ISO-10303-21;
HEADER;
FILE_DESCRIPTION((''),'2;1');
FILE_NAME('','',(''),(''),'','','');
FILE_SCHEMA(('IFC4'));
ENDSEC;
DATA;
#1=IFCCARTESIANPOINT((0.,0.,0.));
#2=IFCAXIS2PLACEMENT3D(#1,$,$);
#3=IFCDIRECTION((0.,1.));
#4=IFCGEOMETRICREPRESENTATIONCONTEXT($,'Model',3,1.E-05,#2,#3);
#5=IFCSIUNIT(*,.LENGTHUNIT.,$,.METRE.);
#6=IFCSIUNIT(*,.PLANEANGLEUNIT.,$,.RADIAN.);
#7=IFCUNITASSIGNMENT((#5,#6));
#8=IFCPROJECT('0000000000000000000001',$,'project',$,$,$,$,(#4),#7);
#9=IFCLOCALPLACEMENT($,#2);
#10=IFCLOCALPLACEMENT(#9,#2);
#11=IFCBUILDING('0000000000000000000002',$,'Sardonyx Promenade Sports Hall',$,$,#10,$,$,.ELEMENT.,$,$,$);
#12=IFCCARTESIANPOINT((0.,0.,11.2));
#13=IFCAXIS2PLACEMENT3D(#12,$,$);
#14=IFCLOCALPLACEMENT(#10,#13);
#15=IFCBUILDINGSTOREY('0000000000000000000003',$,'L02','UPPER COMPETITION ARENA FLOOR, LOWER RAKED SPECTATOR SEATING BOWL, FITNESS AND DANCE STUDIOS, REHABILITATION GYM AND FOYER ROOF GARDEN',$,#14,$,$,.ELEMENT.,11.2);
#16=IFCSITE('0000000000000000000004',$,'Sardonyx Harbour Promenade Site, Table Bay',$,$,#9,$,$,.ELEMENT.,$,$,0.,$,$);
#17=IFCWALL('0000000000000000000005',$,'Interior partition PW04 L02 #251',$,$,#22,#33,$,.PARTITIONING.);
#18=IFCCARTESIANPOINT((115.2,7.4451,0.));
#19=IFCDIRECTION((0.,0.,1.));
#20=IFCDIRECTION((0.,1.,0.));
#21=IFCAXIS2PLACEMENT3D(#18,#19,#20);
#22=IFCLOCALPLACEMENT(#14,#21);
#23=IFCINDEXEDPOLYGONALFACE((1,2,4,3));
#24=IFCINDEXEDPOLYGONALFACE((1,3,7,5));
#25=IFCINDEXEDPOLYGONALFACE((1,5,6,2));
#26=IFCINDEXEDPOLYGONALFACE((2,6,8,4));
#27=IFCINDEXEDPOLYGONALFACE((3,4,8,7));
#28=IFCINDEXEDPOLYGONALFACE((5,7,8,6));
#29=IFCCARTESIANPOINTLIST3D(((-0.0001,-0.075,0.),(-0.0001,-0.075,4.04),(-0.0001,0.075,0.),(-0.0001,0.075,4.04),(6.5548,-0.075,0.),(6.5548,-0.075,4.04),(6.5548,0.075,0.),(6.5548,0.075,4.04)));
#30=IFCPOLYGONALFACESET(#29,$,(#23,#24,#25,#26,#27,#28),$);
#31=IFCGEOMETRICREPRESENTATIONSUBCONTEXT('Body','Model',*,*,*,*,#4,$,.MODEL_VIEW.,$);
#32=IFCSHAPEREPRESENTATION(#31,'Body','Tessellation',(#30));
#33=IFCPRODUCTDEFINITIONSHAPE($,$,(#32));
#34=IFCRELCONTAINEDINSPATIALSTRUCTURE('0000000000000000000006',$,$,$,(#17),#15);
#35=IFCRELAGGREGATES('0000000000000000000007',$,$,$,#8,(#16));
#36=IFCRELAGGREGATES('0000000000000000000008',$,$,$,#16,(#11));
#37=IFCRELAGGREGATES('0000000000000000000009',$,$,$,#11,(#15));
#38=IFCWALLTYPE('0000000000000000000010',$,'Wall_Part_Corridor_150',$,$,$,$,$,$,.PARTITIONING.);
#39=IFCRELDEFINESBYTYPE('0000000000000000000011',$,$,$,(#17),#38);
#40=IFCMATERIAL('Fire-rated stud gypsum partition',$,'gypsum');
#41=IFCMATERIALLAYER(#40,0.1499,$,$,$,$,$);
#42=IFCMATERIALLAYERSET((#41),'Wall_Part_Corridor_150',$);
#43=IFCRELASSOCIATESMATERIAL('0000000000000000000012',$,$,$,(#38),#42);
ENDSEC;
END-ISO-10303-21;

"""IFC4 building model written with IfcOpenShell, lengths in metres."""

from ifc_helpers import new_model, si_unit, direction, frame, frame_2d, origin, place, context, subcontext, project, spatial, rectangle, extrude, material, layer, layer_set, type_object, element, save


model = new_model("IFC4")

# Units and contexts
model_context = context("Model", 3, precision=1e-05, world=origin(), true_north=direction((0.0, 1.0)))
body_context = subcontext(model_context, "Body", "Model", "MODEL_VIEW")
ifc_project = project(units=[si_unit("LENGTHUNIT", "METRE"), si_unit("PLANEANGLEUNIT", "RADIAN")], contexts=[model_context])

# Site, building, storey
site_placement = place(None, origin())
site = spatial("IfcSite", under=ifc_project, at=site_placement, Name="Sardonyx Harbour Promenade Site, Table Bay", CompositionType="ELEMENT", RefElevation=0.0)
building_placement = place(site_placement, origin())
building = spatial("IfcBuilding", under=site, at=building_placement, Name="Sardonyx Promenade Sports Hall", CompositionType="ELEMENT")
storey_placement = place(building_placement, frame((0.0, 0.0, 11.2)))
storey = spatial("IfcBuildingStorey", under=building, at=storey_placement, Name="L02", Description="UPPER COMPETITION ARENA FLOOR, LOWER RAKED SPECTATOR SEATING BOWL, FITNESS AND DANCE STUDIOS, REHABILITATION GYM AND FOYER ROOF GARDEN", CompositionType="ELEMENT", Elevation=11.2)

# Wall
ifc_material_1 = material(Name="Fire-rated stud gypsum partition", Category="gypsum")
ifc_layer_1 = layer(ifc_material_1, 0.1499)
ifc_layer_set_1 = layer_set([ifc_layer_1], Name="Wall_Part_Corridor_150")
wall_type_1 = type_object("IfcWallType", Name="Wall_Part_Corridor_150", PredefinedType="PARTITIONING", material=ifc_layer_set_1)
wall_1_placement = place(storey_placement, frame((115.2, 7.4451, 0.0), z_axis=(0.0, 0.0, 1.0), x_axis=(0.0, 1.0, 0.0)))
element("IfcWall", 1, at=wall_1_placement, inside=storey, type_object=wall_type_1, Name="Interior partition PW04 L02 #251", PredefinedType="PARTITIONING", context=body_context, shape_type="SweptSolid", body=[
    extrude(rectangle(XDim=6.5549, YDim=0.1499, at=frame_2d((3.2773, 0.0))), origin(), (0.0, 0.0, 1.0), 4.04),
])

save(model, "model.ifc")
